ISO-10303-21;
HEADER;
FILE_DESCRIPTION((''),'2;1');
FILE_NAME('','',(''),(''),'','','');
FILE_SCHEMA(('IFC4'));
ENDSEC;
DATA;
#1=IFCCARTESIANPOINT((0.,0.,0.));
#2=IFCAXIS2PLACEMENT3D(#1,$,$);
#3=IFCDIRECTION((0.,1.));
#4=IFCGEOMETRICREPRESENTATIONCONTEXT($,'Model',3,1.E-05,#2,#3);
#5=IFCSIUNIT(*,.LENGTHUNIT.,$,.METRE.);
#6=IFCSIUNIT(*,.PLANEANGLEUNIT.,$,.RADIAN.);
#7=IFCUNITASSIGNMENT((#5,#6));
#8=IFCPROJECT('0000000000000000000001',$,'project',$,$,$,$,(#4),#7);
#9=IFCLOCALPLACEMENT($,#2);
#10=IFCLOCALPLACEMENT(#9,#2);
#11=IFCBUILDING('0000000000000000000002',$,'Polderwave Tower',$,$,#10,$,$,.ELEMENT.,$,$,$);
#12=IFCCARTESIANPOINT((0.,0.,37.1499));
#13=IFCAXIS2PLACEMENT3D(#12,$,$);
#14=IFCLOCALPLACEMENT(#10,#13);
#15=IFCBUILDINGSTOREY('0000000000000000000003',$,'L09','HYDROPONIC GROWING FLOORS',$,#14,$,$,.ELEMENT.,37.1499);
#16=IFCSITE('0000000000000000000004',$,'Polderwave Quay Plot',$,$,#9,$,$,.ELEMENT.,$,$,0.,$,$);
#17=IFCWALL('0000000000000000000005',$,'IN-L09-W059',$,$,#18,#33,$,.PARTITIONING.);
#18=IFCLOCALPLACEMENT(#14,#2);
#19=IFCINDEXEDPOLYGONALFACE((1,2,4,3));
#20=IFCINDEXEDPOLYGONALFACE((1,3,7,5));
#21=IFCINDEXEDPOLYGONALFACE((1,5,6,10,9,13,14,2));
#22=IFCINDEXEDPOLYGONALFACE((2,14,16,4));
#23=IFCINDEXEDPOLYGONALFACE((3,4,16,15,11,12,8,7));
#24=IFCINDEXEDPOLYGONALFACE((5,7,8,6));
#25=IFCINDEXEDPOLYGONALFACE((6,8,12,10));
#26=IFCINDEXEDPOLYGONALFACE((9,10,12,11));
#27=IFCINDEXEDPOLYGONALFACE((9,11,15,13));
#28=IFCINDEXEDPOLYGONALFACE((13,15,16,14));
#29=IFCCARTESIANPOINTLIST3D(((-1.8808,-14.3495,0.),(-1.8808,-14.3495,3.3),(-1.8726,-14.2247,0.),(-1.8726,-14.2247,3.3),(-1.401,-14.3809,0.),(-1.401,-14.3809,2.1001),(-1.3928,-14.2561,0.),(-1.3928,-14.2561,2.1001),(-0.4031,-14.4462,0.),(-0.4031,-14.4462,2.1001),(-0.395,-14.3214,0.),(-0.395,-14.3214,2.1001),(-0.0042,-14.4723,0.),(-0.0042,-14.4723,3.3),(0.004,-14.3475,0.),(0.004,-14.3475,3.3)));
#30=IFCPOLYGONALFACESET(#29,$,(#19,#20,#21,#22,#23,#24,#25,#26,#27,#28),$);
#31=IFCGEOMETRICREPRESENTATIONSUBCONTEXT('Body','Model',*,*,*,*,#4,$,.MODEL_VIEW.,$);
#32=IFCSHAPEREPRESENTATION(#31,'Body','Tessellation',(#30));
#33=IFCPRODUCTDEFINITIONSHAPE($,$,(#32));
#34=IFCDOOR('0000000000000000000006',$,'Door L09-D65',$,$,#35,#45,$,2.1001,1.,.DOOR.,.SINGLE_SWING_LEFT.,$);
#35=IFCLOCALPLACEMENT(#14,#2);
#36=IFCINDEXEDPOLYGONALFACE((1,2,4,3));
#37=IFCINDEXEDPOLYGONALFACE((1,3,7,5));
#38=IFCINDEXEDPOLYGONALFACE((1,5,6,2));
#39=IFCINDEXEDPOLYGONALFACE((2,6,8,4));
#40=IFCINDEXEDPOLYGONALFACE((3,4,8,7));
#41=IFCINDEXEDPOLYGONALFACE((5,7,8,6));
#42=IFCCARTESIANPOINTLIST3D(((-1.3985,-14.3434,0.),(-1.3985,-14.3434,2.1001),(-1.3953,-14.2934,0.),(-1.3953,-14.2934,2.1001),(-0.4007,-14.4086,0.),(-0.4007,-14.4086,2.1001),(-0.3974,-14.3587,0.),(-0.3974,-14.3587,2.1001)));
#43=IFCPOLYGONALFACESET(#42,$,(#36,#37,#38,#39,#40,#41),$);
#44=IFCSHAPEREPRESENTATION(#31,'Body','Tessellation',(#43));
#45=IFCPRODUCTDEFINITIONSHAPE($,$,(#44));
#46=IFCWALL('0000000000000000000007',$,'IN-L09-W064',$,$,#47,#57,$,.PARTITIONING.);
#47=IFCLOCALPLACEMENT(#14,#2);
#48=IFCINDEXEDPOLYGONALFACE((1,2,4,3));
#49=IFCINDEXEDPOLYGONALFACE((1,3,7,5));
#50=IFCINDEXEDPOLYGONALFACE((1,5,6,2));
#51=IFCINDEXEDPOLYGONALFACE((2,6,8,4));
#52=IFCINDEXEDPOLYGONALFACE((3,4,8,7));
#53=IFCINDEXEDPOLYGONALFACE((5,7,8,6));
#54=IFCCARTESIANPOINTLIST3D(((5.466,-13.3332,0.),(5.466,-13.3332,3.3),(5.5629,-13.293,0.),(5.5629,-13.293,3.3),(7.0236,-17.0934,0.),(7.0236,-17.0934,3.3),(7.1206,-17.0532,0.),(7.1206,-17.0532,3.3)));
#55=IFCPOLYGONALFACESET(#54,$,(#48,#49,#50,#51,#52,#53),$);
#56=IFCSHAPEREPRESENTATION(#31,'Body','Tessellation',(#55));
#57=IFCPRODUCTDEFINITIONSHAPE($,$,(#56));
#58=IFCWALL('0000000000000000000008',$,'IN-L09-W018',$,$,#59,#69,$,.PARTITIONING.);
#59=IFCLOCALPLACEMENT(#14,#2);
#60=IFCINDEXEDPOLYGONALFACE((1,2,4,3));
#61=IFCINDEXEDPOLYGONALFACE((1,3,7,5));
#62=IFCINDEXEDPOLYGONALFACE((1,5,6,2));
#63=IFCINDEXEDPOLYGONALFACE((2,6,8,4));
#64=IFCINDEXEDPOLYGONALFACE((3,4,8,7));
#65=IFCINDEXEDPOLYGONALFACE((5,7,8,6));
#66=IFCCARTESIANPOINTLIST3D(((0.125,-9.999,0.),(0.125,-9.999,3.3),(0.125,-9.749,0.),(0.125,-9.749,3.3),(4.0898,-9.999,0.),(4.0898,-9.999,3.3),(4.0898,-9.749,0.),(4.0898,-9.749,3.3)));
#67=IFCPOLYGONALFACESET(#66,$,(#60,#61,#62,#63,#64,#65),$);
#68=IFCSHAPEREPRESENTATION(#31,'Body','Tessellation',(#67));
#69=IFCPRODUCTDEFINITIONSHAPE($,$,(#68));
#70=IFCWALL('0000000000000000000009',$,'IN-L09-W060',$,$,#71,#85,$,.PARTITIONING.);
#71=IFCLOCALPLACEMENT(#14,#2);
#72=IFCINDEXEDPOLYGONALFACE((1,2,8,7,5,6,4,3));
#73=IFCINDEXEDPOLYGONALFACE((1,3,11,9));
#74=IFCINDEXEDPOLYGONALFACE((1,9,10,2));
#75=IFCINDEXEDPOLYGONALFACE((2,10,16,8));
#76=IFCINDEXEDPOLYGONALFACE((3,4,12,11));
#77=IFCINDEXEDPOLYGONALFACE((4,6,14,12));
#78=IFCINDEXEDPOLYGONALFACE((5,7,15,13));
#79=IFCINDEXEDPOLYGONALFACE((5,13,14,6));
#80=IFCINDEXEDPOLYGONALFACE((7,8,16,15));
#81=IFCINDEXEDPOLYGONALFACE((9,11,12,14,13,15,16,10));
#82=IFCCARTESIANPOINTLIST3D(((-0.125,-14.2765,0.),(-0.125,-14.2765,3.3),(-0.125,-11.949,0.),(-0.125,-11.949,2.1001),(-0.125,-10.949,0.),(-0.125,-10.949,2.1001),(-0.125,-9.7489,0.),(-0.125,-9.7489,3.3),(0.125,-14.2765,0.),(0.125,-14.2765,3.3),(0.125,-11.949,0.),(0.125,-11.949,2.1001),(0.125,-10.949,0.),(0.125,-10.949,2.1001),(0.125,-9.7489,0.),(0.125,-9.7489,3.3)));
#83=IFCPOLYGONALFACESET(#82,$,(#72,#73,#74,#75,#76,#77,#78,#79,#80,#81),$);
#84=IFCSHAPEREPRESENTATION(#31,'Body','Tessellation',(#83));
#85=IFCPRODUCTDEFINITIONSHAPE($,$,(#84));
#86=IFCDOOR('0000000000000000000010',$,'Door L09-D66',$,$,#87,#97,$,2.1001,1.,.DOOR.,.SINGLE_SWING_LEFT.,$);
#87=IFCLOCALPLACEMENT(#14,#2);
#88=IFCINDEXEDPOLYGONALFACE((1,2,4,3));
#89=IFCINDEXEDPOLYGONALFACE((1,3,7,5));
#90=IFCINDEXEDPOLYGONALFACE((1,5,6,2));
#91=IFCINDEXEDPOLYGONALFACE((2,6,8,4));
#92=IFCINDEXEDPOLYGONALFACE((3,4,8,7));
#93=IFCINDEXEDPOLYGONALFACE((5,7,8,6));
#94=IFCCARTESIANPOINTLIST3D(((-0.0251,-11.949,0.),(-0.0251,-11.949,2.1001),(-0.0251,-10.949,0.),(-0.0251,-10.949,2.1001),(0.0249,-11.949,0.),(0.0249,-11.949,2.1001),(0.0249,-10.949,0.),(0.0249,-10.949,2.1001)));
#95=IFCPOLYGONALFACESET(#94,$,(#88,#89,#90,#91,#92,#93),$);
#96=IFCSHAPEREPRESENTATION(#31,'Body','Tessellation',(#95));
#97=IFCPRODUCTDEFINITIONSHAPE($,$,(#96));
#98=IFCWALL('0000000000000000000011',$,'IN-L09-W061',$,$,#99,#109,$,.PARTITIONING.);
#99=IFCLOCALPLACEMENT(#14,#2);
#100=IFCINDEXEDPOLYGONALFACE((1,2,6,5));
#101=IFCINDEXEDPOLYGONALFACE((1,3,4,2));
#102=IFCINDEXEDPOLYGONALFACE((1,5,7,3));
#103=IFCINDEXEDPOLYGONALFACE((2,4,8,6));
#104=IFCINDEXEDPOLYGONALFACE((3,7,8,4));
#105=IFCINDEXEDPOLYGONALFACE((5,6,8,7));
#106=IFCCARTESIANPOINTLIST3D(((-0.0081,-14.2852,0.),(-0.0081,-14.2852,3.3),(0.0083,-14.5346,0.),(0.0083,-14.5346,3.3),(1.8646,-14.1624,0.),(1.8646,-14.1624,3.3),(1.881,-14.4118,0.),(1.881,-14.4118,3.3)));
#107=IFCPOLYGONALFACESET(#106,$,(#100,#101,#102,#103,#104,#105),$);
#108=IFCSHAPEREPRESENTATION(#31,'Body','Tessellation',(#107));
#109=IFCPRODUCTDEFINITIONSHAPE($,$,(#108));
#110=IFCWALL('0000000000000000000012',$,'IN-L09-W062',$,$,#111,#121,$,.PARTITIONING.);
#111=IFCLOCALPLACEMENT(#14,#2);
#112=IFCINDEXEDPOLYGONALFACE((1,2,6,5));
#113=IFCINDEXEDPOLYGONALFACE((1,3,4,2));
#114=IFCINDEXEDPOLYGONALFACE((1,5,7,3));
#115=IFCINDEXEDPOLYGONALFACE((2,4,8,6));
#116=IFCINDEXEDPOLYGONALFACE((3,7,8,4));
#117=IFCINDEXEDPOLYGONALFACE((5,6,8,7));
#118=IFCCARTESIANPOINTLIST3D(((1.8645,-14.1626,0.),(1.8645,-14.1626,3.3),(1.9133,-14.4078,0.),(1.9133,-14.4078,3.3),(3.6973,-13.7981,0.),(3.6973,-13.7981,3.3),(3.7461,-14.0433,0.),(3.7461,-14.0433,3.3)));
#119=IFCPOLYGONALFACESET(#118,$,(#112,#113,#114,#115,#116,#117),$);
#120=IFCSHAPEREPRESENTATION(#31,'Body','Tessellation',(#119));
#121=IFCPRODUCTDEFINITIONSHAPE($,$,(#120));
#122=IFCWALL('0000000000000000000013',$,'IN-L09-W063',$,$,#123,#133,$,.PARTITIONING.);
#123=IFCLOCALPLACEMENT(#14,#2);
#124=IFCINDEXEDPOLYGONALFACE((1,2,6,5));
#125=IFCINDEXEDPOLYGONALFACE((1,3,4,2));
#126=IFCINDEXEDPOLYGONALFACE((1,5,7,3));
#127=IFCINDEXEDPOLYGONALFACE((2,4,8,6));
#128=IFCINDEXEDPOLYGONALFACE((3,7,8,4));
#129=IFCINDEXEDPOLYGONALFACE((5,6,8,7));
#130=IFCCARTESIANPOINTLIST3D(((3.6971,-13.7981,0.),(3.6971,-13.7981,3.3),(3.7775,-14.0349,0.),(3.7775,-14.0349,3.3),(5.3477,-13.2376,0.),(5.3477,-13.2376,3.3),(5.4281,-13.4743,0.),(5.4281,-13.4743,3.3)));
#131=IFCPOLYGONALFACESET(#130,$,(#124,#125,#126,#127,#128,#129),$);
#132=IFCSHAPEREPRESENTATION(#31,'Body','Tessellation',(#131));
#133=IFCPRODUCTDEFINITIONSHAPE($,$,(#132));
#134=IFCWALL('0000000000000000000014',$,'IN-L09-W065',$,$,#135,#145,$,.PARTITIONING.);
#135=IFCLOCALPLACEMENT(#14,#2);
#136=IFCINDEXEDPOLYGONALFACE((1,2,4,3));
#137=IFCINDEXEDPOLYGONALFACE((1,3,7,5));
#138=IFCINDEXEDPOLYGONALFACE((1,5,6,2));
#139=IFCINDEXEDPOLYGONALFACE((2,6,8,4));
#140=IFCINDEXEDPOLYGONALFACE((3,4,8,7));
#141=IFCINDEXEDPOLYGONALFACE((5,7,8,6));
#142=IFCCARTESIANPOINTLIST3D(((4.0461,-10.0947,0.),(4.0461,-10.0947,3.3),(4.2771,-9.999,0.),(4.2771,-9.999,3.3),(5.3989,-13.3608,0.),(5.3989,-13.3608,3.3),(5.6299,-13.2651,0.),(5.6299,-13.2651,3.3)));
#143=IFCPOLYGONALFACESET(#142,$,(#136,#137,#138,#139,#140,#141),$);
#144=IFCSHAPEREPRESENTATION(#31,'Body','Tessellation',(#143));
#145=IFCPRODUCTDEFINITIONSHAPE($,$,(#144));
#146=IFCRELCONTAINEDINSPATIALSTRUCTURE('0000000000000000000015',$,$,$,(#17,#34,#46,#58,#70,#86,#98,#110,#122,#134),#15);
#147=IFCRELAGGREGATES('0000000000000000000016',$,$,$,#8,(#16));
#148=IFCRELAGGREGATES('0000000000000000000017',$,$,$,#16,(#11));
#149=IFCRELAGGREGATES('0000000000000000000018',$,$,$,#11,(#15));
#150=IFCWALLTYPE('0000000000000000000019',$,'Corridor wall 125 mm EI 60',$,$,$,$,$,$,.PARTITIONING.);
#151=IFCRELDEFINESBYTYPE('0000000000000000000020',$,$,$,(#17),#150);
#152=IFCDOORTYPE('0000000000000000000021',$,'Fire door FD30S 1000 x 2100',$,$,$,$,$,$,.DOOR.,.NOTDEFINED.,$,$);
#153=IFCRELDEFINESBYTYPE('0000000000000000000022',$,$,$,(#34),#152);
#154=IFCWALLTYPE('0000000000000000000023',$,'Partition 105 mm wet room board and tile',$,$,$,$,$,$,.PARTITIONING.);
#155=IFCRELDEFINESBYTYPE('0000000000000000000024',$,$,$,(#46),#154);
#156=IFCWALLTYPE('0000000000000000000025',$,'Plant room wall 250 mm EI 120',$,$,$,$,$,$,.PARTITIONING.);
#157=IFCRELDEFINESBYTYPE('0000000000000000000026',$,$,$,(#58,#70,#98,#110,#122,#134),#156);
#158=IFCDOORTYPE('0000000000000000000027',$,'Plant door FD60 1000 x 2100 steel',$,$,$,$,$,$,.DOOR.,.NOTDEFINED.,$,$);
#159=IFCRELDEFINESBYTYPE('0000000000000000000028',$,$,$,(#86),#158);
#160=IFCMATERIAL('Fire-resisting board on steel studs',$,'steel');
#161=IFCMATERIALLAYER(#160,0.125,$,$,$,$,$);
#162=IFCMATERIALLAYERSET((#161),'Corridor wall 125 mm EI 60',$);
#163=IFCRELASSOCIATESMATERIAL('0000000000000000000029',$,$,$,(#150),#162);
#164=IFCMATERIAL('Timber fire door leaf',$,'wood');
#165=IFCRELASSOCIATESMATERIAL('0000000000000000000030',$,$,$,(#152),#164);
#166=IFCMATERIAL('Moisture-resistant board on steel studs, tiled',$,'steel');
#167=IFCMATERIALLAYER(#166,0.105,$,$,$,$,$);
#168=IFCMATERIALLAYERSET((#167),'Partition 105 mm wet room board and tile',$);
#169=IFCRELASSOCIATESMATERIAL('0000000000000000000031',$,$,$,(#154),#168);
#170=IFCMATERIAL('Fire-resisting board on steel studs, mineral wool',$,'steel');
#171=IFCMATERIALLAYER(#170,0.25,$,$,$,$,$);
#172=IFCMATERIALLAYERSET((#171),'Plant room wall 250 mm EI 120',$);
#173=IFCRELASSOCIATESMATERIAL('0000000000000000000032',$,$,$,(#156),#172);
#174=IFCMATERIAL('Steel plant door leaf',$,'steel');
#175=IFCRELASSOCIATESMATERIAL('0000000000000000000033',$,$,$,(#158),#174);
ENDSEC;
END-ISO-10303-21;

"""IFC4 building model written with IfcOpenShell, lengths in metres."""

from ifc_helpers import new_model, si_unit, direction, frame, frame_2d, origin, place, context, subcontext, project, spatial, rectangle, extrude, material, layer, layer_set, type_object, element, fill, save


model = new_model("IFC4")

# Units and contexts
model_context = context("Model", 3, precision=1e-05, world=origin(), true_north=direction((0.0, 1.0)))
body_context = subcontext(model_context, "Body", "Model", "MODEL_VIEW")
ifc_project = project(units=[si_unit("LENGTHUNIT", "METRE"), si_unit("PLANEANGLEUNIT", "RADIAN")], contexts=[model_context])

# Site, building, storey
site_placement = place(None, origin())
site = spatial("IfcSite", under=ifc_project, at=site_placement, Name="Polderwave Quay Plot", CompositionType="ELEMENT", RefElevation=0.0)
building_placement = place(site_placement, origin())
building = spatial("IfcBuilding", under=site, at=building_placement, Name="Polderwave Tower", CompositionType="ELEMENT")
storey_placement = place(building_placement, frame((0.0, 0.0, 37.1499)))
storey = spatial("IfcBuildingStorey", under=building, at=storey_placement, Name="L09", Description="HYDROPONIC GROWING FLOORS", CompositionType="ELEMENT", Elevation=37.1499)

# Wall, opening, door
ifc_material_1 = material(Name="Fire-resisting board on steel studs", Category="steel")
ifc_layer_1 = layer(ifc_material_1, 0.125)
ifc_layer_set_1 = layer_set([ifc_layer_1], Name="Corridor wall 125 mm EI 60")
wall_type_1 = type_object("IfcWallType", Name="Corridor wall 125 mm EI 60", PredefinedType="PARTITIONING", material=ifc_layer_set_1)
ifc_material_2 = material(Name="Timber fire door leaf", Category="wood")
door_type_1 = type_object("IfcDoorType", Name="Fire door FD30S 1000 x 2100", OperationType="NOTDEFINED", PredefinedType="DOOR", material=ifc_material_2)
wall_1_placement = place(storey_placement, frame((0.0, -14.4099, 0.0), z_axis=(0.0, 0.0, 1.0), x_axis=(-0.997866, 0.065296, 0.0)))
wall_1 = element("IfcWall", 1, at=wall_1_placement, inside=storey, type_object=wall_type_1, Name="IN-L09-W059", PredefinedType="PARTITIONING", context=body_context, shape_type="SweptSolid", body=[
    extrude(rectangle(XDim=1.8806, YDim=0.125, at=frame_2d((0.9404, 0.0))), origin(), (0.0, 0.0, 1.0), 3.3),
])
opening_1_placement = place(wall_1_placement, frame((0.3999, 0.0, 0.0)))
opening_1 = element("IfcOpeningElement", 2, at=opening_1_placement, cuts=wall_1, PredefinedType="OPENING", context=body_context, shape_type="SweptSolid", body=[
    extrude(rectangle(XDim=1.0, YDim=2.1001, at=frame_2d((0.5, 1.05))), frame((0.0, 0.0725, 0.0), z_axis=(0.0, -1.0, 0.0), x_axis=(1.0, 0.0, 0.0)), (0.0, 0.0, 1.0), 0.145),
])
door_1_placement = place(opening_1_placement, origin())
door_1 = element("IfcDoor", 3, at=door_1_placement, inside=storey, type_object=door_type_1, Name="Door L09-D65", OperationType="SINGLE_SWING_LEFT", OverallHeight=2.1001, OverallWidth=1.0, PredefinedType="DOOR", context=body_context, shape_type="SweptSolid", body=[
    extrude(rectangle(XDim=1.0, YDim=2.1001, at=frame_2d((0.5, 1.05))), frame((0.0, 0.0249, 0.0), z_axis=(0.0, -1.0, 0.0), x_axis=(1.0, 0.0, 0.0)), (0.0, 0.0, 1.0), 0.05),
])
fill(opening_1, door_1)

# Walls
ifc_material_3 = material(Name="Moisture-resistant board on steel studs, tiled", Category="steel")
ifc_layer_2 = layer(ifc_material_3, 0.105)
ifc_layer_set_2 = layer_set([ifc_layer_2], Name="Partition 105 mm wet room board and tile")
wall_type_2 = type_object("IfcWallType", Name="Partition 105 mm wet room board and tile", PredefinedType="PARTITIONING", material=ifc_layer_set_2)
wall_2_placement = place(storey_placement, frame((5.5144, -13.313, 0.0), z_axis=(0.0, 0.0, 1.0), x_axis=(0.382698, -0.923874, 0.0)))
element("IfcWall", 4, at=wall_2_placement, inside=storey, type_object=wall_type_2, Name="IN-L09-W064", PredefinedType="PARTITIONING", context=body_context, shape_type="SweptSolid", body=[
    extrude(rectangle(XDim=4.0701, YDim=0.105, at=frame_2d((2.0352, 0.0))), origin(), (0.0, 0.0, 1.0), 3.3),
])
ifc_material_4 = material(Name="Fire-resisting board on steel studs, mineral wool", Category="steel")
ifc_layer_3 = layer(ifc_material_4, 0.25)
ifc_layer_set_3 = layer_set([ifc_layer_3], Name="Plant room wall 250 mm EI 120")
wall_type_3 = type_object("IfcWallType", Name="Plant room wall 250 mm EI 120", PredefinedType="PARTITIONING", material=ifc_layer_set_3)
wall_3_placement = place(storey_placement, frame((4.0898, -9.874, 0.0), z_axis=(0.0, 0.0, 1.0), x_axis=(-1.0, 0.0, 0.0)))
element("IfcWall", 5, at=wall_3_placement, inside=storey, type_object=wall_type_3, Name="IN-L09-W018", PredefinedType="PARTITIONING", context=body_context, shape_type="SweptSolid", body=[
    extrude(rectangle(XDim=3.9648, YDim=0.25, at=frame_2d((1.9824, 0.0))), origin(), (0.0, 0.0, 1.0), 3.3),
])

# Wall, opening, door
wall_4_placement = place(storey_placement, frame((0.0, -9.749, 0.0), z_axis=(0.0, 0.0, 1.0), x_axis=(0.0, -1.0, 0.0)))
wall_4 = element("IfcWall", 6, at=wall_4_placement, inside=storey, type_object=wall_type_3, Name="IN-L09-W060", PredefinedType="PARTITIONING", context=body_context, shape_type="SweptSolid", body=[
    extrude(rectangle(XDim=4.5276, YDim=0.25, at=frame_2d((2.2637, 0.0))), origin(), (0.0, 0.0, 1.0), 3.3),
])
opening_2_placement = place(wall_4_placement, frame((1.2, 0.0, 0.0)))
opening_2 = element("IfcOpeningElement", 7, at=opening_2_placement, cuts=wall_4, PredefinedType="OPENING", context=body_context, shape_type="SweptSolid", body=[
    extrude(rectangle(XDim=1.0, YDim=2.1001, at=frame_2d((0.5, 1.05))), frame((0.0, 0.135, 0.0), z_axis=(0.0, -1.0, 0.0), x_axis=(1.0, 0.0, 0.0)), (0.0, 0.0, 1.0), 0.27),
])
ifc_material_5 = material(Name="Steel plant door leaf", Category="steel")
door_type_2 = type_object("IfcDoorType", Name="Plant door FD60 1000 x 2100 steel", OperationType="NOTDEFINED", PredefinedType="DOOR", material=ifc_material_5)
door_2_placement = place(opening_2_placement, origin())
door_2 = element("IfcDoor", 8, at=door_2_placement, inside=storey, type_object=door_type_2, Name="Door L09-D66", OperationType="SINGLE_SWING_LEFT", OverallHeight=2.1001, OverallWidth=1.0, PredefinedType="DOOR", context=body_context, shape_type="SweptSolid", body=[
    extrude(rectangle(XDim=1.0, YDim=2.1001, at=frame_2d((0.5, 1.05))), frame((0.0, 0.0249, 0.0), z_axis=(0.0, -1.0, 0.0), x_axis=(1.0, 0.0, 0.0)), (0.0, 0.0, 1.0), 0.05),
])
fill(opening_2, door_2)

# Walls
wall_5_placement = place(storey_placement, frame((0.0, -14.4099, 0.0), z_axis=(0.0, 0.0, 1.0), x_axis=(0.997857, 0.065431, 0.0)))
element("IfcWall", 9, at=wall_5_placement, inside=storey, type_object=wall_type_3, Name="IN-L09-W061", PredefinedType="PARTITIONING", context=body_context, shape_type="SweptSolid", body=[
    extrude(rectangle(XDim=1.8767, YDim=0.25, at=frame_2d((0.9385, 0.0))), origin(), (0.0, 0.0, 1.0), 3.3),
])
wall_6_placement = place(storey_placement, frame((1.8889, -14.2852, 0.0), z_axis=(0.0, 0.0, 1.0), x_axis=(0.980791, 0.195061, 0.0)))
element("IfcWall", 10, at=wall_6_placement, inside=storey, type_object=wall_type_3, Name="IN-L09-W062", PredefinedType="PARTITIONING", context=body_context, shape_type="SweptSolid", body=[
    extrude(rectangle(XDim=1.8687, YDim=0.25, at=frame_2d((0.9343, 0.0))), origin(), (0.0, 0.0, 1.0), 3.3),
])
wall_7_placement = place(storey_placement, frame((3.7373, -13.9165, 0.0), z_axis=(0.0, 0.0, 1.0), x_axis=(0.94689, 0.321559, 0.0)))
element("IfcWall", 11, at=wall_7_placement, inside=storey, type_object=wall_type_3, Name="IN-L09-W063", PredefinedType="PARTITIONING", context=body_context, shape_type="SweptSolid", body=[
    extrude(rectangle(XDim=1.7432, YDim=0.25, at=frame_2d((0.8716, 0.0))), origin(), (0.0, 0.0, 1.0), 3.3),
])
wall_8_placement = place(storey_placement, frame((4.1616, -10.0469, 0.0), z_axis=(0.0, 0.0, 1.0), x_axis=(0.382663, -0.923888, 0.0)))
element("IfcWall", 12, at=wall_8_placement, inside=storey, type_object=wall_type_3, Name="IN-L09-W065", PredefinedType="PARTITIONING", context=body_context, shape_type="SweptSolid", body=[
    extrude(rectangle(XDim=3.5352, YDim=0.25, at=frame_2d((1.7676, 0.0))), origin(), (0.0, 0.0, 1.0), 3.3),
])

save(model, "model.ifc")
